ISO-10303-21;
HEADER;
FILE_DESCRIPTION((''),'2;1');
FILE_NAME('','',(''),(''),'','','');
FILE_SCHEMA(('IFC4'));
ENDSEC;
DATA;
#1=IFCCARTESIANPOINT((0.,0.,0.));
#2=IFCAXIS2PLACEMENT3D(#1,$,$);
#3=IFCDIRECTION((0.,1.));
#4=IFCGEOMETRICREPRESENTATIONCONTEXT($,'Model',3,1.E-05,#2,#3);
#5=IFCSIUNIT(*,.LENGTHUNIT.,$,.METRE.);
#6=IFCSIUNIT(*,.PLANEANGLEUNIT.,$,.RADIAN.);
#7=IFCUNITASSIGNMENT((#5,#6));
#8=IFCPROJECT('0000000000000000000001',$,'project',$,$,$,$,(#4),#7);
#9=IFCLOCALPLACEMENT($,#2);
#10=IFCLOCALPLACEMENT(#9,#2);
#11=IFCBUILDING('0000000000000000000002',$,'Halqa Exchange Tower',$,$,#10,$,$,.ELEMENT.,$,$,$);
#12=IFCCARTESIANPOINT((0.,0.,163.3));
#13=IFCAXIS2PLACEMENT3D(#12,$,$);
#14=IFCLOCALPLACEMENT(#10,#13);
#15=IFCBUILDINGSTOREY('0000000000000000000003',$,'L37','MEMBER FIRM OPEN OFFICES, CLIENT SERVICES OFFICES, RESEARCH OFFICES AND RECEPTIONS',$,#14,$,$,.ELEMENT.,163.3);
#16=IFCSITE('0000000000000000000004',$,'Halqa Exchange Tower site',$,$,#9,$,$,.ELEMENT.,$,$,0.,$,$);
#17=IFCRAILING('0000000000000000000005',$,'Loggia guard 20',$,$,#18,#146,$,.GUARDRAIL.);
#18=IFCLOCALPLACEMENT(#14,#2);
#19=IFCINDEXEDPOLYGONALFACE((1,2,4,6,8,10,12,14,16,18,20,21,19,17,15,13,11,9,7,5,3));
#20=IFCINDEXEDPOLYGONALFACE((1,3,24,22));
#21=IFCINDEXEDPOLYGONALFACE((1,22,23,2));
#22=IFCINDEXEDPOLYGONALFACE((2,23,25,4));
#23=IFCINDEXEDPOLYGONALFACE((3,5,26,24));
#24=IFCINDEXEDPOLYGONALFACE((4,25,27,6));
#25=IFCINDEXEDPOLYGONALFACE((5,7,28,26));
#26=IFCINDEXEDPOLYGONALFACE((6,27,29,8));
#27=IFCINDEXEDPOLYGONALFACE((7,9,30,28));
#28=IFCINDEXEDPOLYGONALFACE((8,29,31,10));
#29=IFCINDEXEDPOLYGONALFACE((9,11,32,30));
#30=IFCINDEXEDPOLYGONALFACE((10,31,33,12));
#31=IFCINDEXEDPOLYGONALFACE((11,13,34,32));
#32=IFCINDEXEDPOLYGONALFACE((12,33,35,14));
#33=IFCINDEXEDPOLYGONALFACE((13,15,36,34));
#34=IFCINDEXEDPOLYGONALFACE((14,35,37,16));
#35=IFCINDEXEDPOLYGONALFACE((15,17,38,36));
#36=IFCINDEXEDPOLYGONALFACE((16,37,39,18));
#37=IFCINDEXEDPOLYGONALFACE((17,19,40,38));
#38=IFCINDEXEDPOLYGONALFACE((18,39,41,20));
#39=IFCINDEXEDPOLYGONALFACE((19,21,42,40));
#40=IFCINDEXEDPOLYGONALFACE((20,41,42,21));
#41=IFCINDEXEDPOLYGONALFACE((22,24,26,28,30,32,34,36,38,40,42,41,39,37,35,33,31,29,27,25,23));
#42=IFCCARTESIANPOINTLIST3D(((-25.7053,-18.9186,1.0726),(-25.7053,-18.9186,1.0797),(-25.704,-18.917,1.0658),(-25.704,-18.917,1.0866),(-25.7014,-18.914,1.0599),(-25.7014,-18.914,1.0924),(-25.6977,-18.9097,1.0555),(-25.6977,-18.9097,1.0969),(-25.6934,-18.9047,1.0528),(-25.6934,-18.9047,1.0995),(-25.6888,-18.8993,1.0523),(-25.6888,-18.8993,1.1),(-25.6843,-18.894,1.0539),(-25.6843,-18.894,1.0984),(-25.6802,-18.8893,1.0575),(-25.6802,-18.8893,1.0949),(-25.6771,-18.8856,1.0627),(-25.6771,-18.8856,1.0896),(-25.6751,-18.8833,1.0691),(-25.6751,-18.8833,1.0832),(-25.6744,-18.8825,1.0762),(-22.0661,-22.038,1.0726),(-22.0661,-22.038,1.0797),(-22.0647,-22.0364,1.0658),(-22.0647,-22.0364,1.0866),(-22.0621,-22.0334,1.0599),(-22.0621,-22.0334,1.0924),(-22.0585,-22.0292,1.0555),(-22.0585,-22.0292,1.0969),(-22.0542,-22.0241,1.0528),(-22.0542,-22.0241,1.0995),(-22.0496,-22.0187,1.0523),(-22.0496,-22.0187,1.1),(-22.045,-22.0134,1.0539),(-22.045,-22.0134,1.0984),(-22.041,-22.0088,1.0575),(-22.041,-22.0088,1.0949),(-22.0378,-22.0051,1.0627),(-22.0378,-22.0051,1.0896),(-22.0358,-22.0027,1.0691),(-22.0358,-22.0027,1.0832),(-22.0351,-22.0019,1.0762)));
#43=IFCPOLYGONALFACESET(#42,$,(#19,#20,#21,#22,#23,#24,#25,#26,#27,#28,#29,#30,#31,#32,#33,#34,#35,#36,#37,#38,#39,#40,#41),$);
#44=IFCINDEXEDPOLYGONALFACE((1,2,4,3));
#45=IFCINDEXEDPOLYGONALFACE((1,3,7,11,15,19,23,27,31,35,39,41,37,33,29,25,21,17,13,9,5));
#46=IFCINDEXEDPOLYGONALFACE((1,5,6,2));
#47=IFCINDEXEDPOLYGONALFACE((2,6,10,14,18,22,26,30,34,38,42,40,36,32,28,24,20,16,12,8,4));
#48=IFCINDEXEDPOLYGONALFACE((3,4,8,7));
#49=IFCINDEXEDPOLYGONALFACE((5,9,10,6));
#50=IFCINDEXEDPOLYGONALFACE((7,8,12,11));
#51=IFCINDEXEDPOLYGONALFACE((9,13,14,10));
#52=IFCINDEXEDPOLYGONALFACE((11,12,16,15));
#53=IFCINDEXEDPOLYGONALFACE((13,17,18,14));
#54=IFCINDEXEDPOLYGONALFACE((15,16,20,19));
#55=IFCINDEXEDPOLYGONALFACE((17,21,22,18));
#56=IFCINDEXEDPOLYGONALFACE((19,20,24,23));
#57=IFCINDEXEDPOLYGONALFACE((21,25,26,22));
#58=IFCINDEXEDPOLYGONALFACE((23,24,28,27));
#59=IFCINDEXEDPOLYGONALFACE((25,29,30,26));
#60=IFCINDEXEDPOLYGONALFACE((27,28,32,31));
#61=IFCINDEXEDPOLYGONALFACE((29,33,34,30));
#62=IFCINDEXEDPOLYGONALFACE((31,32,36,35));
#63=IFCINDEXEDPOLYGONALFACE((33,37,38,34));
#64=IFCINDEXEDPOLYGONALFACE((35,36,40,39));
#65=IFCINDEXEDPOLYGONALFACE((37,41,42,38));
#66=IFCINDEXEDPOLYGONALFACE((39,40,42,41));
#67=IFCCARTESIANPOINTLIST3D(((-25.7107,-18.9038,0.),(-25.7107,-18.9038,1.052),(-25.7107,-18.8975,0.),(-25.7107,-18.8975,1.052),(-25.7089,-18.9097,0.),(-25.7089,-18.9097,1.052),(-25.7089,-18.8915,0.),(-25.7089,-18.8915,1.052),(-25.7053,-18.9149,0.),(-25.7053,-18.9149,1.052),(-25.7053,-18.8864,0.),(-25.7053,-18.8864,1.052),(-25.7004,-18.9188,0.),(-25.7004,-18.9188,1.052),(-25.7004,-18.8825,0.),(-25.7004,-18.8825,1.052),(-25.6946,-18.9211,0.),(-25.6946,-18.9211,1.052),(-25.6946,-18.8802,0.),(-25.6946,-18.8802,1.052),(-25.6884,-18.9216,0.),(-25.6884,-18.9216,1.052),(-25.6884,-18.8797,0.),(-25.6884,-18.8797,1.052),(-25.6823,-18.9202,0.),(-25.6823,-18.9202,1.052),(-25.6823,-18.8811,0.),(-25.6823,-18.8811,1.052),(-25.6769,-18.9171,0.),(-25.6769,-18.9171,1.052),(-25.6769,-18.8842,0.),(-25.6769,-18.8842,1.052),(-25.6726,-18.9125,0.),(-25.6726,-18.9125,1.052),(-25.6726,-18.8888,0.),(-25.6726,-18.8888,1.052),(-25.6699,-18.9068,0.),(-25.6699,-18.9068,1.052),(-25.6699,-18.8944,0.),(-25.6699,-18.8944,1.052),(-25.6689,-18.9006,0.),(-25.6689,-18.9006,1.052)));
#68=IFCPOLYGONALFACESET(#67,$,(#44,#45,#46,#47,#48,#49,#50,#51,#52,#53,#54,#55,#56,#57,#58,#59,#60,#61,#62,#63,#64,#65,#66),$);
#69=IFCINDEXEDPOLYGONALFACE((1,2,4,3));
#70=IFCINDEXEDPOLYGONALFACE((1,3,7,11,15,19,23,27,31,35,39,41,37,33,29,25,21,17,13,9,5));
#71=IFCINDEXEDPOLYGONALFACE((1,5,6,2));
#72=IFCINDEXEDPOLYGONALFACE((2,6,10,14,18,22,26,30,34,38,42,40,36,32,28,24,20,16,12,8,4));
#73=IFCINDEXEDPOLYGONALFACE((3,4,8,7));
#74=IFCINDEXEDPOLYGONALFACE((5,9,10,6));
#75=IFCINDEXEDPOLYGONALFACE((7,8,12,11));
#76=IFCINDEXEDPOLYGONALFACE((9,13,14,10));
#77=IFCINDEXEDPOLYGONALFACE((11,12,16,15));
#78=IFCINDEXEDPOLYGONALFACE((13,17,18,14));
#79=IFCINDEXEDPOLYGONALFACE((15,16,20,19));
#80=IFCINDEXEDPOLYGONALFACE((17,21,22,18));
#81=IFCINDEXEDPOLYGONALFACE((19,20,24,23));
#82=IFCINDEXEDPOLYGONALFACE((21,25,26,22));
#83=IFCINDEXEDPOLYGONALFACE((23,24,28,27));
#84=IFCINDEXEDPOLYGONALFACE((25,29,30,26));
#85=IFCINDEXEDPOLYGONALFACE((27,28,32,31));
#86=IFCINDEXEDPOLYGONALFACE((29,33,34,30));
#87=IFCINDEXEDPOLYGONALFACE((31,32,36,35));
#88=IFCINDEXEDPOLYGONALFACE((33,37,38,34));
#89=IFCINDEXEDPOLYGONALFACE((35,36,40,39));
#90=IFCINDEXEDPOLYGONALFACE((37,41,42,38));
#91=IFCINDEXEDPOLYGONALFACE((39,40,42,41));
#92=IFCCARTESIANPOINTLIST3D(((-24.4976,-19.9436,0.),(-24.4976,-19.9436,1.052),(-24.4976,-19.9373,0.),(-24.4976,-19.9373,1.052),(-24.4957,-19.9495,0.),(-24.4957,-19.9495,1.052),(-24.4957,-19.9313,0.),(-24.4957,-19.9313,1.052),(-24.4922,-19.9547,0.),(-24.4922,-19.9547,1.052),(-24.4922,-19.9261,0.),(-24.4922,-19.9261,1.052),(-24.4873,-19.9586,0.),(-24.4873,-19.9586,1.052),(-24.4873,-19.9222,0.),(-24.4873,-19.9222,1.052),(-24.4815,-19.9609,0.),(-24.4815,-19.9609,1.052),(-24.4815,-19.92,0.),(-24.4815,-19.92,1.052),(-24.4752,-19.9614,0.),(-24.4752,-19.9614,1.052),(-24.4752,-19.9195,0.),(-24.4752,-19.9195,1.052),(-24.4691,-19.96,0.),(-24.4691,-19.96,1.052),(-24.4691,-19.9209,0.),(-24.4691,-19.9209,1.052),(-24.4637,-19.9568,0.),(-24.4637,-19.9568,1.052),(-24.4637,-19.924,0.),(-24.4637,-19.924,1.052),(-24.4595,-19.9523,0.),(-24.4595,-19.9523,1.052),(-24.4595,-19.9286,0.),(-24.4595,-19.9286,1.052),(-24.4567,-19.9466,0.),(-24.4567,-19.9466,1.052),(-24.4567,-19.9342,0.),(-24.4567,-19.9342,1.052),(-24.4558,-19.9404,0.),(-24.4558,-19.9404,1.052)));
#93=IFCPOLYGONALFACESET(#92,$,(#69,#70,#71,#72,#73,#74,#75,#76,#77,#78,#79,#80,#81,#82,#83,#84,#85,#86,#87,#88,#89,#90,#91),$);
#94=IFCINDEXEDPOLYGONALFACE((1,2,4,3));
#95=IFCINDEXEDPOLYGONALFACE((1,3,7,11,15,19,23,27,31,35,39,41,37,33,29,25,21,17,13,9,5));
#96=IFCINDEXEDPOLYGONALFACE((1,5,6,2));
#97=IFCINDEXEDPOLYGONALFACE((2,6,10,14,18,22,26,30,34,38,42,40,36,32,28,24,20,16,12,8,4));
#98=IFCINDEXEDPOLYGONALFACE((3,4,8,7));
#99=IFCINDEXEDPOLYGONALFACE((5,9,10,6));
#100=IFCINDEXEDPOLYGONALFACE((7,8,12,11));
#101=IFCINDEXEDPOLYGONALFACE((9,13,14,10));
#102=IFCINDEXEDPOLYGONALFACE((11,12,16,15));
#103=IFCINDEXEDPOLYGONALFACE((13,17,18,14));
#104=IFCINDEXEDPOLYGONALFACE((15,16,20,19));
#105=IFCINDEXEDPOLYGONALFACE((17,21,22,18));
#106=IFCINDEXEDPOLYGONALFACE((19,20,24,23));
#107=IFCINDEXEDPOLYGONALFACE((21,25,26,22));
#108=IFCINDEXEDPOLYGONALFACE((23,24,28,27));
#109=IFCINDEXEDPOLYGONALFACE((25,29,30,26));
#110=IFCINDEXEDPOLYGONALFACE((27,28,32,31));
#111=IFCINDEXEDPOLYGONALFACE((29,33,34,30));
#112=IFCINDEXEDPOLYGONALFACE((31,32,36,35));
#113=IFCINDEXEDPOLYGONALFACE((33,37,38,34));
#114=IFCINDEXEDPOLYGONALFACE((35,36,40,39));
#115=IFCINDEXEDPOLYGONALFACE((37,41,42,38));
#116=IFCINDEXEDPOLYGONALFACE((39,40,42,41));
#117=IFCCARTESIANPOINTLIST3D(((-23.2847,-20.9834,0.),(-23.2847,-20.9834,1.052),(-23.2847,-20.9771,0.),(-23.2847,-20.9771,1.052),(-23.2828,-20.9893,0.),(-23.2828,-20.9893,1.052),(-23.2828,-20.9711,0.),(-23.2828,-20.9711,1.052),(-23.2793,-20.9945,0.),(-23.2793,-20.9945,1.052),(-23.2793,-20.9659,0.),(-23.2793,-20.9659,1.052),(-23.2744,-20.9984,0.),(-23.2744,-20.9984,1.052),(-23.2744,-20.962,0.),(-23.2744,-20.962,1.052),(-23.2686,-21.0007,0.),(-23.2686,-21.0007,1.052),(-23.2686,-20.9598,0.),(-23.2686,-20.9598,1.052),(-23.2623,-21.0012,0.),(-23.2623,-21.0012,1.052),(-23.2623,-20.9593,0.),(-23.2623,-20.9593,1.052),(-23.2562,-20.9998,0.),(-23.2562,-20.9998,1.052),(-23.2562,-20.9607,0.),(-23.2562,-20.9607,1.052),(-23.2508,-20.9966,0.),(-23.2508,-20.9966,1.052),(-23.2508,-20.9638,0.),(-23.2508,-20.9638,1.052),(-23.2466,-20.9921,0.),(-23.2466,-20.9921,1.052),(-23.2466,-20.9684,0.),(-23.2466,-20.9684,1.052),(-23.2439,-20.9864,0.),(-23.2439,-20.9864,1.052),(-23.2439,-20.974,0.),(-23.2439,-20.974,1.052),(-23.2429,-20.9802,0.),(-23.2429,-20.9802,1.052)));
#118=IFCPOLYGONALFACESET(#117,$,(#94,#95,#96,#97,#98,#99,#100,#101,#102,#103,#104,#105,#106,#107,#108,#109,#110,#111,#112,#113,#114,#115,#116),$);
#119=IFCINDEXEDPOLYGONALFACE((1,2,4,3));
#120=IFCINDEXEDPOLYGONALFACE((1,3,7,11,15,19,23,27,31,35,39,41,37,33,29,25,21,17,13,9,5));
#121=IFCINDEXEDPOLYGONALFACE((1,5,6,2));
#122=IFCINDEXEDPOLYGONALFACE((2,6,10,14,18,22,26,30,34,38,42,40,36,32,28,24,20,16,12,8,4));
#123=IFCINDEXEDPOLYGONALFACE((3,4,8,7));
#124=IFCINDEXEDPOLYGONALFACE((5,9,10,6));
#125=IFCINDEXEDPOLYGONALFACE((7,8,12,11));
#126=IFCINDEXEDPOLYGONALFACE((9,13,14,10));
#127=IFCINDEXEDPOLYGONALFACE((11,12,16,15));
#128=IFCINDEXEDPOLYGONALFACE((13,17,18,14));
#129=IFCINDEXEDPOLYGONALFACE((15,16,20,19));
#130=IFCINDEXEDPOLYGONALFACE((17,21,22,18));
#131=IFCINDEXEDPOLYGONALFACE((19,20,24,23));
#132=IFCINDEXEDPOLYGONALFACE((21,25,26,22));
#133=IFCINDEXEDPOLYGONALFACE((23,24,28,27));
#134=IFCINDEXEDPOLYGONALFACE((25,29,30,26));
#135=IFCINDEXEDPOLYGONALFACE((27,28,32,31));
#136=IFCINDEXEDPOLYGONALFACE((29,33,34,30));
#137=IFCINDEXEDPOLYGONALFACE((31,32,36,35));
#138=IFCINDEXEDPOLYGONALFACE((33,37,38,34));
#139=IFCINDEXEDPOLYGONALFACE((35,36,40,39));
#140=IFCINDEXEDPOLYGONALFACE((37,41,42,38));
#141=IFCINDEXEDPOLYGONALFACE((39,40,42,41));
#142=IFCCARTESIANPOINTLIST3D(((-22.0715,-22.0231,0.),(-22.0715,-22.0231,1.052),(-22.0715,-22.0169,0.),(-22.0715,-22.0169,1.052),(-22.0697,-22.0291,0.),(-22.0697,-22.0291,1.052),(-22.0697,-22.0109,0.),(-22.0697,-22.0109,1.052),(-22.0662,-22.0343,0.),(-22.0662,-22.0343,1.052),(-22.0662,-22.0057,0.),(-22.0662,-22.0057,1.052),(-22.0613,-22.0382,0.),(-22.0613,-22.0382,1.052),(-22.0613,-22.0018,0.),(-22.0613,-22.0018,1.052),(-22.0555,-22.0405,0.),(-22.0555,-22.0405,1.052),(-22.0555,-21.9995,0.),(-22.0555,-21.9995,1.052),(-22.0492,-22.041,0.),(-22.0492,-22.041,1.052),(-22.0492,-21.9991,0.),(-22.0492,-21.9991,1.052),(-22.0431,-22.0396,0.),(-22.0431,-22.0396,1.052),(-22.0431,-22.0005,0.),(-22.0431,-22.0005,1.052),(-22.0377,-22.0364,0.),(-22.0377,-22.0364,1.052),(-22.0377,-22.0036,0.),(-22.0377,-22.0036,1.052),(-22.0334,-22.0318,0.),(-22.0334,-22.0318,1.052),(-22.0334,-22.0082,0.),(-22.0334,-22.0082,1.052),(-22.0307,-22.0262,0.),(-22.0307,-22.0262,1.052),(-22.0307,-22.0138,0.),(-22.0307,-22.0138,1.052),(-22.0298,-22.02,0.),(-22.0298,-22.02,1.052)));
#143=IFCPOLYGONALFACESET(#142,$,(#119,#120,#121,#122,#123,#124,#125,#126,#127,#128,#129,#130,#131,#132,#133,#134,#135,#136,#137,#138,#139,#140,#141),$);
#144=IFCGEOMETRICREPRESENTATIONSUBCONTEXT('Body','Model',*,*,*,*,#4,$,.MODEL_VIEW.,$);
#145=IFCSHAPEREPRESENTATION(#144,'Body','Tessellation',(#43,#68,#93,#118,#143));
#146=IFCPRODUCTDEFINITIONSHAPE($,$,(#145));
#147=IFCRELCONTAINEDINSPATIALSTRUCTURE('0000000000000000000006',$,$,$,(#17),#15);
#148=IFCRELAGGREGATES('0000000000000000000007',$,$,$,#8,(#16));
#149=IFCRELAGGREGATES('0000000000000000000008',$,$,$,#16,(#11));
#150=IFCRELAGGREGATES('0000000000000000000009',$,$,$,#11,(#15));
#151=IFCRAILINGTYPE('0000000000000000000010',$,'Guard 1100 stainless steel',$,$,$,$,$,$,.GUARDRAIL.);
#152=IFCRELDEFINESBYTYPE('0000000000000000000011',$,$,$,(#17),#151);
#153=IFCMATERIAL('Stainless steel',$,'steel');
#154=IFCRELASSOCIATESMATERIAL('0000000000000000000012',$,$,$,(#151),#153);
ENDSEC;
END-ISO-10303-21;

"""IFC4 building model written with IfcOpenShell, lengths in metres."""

from ifc_helpers import new_model, si_unit, direction, frame, origin, origin_2d, place, context, subcontext, project, spatial, circle, extrude, material, type_object, element, save


model = new_model("IFC4")

# Units and contexts
model_context = context("Model", 3, precision=1e-05, world=origin(), true_north=direction((0.0, 1.0)))
body_context = subcontext(model_context, "Body", "Model", "MODEL_VIEW")
ifc_project = project(units=[si_unit("LENGTHUNIT", "METRE"), si_unit("PLANEANGLEUNIT", "RADIAN")], contexts=[model_context])

# Site, building, storey
site_placement = place(None, origin())
site = spatial("IfcSite", under=ifc_project, at=site_placement, Name="Halqa Exchange Tower site", CompositionType="ELEMENT", RefElevation=0.0)
building_placement = place(site_placement, origin())
building = spatial("IfcBuilding", under=site, at=building_placement, Name="Halqa Exchange Tower", CompositionType="ELEMENT")
storey_placement = place(building_placement, frame((0.0, 0.0, 163.3)))
storey = spatial("IfcBuildingStorey", under=building, at=storey_placement, Name="L37", Description="MEMBER FIRM OPEN OFFICES, CLIENT SERVICES OFFICES, RESEARCH OFFICES AND RECEPTIONS", CompositionType="ELEMENT", Elevation=163.3)

# Railing
ifc_material_1 = material(Name="Stainless steel", Category="steel")
railing_type = type_object("IfcRailingType", Name="Guard 1100 stainless steel", PredefinedType="GUARDRAIL", material=ifc_material_1)
railing_1_placement = place(storey_placement, frame((-25.6899, -18.9006, 0.0)))
element("IfcRailing", 1, at=railing_1_placement, inside=storey, type_object=railing_type, Name="Loggia guard 20", PredefinedType="GUARDRAIL", context=body_context, shape_type="SweptSolid", body=[
    extrude(circle(Radius=0.0239, at=origin_2d()), frame((0.0, 0.0, 1.0762), z_axis=(0.759246, -0.650804, 0.0), x_axis=(0.650804, 0.759246, 0.0)), (0.0, 0.0, 1.0), 4.7932),
    extrude(circle(Radius=0.021, at=origin_2d()), origin(), (0.0, 0.0, 1.0), 1.052),
    extrude(circle(Radius=0.021, at=origin_2d()), frame((1.2131, -1.0398, 0.0)), (0.0, 0.0, 1.0), 1.052),
    extrude(circle(Radius=0.021, at=origin_2d()), frame((2.426, -2.0796, 0.0)), (0.0, 0.0, 1.0), 1.052),
    extrude(circle(Radius=0.021, at=origin_2d()), frame((3.6392, -3.1194, 0.0)), (0.0, 0.0, 1.0), 1.052),
])

save(model, "model.ifc")
